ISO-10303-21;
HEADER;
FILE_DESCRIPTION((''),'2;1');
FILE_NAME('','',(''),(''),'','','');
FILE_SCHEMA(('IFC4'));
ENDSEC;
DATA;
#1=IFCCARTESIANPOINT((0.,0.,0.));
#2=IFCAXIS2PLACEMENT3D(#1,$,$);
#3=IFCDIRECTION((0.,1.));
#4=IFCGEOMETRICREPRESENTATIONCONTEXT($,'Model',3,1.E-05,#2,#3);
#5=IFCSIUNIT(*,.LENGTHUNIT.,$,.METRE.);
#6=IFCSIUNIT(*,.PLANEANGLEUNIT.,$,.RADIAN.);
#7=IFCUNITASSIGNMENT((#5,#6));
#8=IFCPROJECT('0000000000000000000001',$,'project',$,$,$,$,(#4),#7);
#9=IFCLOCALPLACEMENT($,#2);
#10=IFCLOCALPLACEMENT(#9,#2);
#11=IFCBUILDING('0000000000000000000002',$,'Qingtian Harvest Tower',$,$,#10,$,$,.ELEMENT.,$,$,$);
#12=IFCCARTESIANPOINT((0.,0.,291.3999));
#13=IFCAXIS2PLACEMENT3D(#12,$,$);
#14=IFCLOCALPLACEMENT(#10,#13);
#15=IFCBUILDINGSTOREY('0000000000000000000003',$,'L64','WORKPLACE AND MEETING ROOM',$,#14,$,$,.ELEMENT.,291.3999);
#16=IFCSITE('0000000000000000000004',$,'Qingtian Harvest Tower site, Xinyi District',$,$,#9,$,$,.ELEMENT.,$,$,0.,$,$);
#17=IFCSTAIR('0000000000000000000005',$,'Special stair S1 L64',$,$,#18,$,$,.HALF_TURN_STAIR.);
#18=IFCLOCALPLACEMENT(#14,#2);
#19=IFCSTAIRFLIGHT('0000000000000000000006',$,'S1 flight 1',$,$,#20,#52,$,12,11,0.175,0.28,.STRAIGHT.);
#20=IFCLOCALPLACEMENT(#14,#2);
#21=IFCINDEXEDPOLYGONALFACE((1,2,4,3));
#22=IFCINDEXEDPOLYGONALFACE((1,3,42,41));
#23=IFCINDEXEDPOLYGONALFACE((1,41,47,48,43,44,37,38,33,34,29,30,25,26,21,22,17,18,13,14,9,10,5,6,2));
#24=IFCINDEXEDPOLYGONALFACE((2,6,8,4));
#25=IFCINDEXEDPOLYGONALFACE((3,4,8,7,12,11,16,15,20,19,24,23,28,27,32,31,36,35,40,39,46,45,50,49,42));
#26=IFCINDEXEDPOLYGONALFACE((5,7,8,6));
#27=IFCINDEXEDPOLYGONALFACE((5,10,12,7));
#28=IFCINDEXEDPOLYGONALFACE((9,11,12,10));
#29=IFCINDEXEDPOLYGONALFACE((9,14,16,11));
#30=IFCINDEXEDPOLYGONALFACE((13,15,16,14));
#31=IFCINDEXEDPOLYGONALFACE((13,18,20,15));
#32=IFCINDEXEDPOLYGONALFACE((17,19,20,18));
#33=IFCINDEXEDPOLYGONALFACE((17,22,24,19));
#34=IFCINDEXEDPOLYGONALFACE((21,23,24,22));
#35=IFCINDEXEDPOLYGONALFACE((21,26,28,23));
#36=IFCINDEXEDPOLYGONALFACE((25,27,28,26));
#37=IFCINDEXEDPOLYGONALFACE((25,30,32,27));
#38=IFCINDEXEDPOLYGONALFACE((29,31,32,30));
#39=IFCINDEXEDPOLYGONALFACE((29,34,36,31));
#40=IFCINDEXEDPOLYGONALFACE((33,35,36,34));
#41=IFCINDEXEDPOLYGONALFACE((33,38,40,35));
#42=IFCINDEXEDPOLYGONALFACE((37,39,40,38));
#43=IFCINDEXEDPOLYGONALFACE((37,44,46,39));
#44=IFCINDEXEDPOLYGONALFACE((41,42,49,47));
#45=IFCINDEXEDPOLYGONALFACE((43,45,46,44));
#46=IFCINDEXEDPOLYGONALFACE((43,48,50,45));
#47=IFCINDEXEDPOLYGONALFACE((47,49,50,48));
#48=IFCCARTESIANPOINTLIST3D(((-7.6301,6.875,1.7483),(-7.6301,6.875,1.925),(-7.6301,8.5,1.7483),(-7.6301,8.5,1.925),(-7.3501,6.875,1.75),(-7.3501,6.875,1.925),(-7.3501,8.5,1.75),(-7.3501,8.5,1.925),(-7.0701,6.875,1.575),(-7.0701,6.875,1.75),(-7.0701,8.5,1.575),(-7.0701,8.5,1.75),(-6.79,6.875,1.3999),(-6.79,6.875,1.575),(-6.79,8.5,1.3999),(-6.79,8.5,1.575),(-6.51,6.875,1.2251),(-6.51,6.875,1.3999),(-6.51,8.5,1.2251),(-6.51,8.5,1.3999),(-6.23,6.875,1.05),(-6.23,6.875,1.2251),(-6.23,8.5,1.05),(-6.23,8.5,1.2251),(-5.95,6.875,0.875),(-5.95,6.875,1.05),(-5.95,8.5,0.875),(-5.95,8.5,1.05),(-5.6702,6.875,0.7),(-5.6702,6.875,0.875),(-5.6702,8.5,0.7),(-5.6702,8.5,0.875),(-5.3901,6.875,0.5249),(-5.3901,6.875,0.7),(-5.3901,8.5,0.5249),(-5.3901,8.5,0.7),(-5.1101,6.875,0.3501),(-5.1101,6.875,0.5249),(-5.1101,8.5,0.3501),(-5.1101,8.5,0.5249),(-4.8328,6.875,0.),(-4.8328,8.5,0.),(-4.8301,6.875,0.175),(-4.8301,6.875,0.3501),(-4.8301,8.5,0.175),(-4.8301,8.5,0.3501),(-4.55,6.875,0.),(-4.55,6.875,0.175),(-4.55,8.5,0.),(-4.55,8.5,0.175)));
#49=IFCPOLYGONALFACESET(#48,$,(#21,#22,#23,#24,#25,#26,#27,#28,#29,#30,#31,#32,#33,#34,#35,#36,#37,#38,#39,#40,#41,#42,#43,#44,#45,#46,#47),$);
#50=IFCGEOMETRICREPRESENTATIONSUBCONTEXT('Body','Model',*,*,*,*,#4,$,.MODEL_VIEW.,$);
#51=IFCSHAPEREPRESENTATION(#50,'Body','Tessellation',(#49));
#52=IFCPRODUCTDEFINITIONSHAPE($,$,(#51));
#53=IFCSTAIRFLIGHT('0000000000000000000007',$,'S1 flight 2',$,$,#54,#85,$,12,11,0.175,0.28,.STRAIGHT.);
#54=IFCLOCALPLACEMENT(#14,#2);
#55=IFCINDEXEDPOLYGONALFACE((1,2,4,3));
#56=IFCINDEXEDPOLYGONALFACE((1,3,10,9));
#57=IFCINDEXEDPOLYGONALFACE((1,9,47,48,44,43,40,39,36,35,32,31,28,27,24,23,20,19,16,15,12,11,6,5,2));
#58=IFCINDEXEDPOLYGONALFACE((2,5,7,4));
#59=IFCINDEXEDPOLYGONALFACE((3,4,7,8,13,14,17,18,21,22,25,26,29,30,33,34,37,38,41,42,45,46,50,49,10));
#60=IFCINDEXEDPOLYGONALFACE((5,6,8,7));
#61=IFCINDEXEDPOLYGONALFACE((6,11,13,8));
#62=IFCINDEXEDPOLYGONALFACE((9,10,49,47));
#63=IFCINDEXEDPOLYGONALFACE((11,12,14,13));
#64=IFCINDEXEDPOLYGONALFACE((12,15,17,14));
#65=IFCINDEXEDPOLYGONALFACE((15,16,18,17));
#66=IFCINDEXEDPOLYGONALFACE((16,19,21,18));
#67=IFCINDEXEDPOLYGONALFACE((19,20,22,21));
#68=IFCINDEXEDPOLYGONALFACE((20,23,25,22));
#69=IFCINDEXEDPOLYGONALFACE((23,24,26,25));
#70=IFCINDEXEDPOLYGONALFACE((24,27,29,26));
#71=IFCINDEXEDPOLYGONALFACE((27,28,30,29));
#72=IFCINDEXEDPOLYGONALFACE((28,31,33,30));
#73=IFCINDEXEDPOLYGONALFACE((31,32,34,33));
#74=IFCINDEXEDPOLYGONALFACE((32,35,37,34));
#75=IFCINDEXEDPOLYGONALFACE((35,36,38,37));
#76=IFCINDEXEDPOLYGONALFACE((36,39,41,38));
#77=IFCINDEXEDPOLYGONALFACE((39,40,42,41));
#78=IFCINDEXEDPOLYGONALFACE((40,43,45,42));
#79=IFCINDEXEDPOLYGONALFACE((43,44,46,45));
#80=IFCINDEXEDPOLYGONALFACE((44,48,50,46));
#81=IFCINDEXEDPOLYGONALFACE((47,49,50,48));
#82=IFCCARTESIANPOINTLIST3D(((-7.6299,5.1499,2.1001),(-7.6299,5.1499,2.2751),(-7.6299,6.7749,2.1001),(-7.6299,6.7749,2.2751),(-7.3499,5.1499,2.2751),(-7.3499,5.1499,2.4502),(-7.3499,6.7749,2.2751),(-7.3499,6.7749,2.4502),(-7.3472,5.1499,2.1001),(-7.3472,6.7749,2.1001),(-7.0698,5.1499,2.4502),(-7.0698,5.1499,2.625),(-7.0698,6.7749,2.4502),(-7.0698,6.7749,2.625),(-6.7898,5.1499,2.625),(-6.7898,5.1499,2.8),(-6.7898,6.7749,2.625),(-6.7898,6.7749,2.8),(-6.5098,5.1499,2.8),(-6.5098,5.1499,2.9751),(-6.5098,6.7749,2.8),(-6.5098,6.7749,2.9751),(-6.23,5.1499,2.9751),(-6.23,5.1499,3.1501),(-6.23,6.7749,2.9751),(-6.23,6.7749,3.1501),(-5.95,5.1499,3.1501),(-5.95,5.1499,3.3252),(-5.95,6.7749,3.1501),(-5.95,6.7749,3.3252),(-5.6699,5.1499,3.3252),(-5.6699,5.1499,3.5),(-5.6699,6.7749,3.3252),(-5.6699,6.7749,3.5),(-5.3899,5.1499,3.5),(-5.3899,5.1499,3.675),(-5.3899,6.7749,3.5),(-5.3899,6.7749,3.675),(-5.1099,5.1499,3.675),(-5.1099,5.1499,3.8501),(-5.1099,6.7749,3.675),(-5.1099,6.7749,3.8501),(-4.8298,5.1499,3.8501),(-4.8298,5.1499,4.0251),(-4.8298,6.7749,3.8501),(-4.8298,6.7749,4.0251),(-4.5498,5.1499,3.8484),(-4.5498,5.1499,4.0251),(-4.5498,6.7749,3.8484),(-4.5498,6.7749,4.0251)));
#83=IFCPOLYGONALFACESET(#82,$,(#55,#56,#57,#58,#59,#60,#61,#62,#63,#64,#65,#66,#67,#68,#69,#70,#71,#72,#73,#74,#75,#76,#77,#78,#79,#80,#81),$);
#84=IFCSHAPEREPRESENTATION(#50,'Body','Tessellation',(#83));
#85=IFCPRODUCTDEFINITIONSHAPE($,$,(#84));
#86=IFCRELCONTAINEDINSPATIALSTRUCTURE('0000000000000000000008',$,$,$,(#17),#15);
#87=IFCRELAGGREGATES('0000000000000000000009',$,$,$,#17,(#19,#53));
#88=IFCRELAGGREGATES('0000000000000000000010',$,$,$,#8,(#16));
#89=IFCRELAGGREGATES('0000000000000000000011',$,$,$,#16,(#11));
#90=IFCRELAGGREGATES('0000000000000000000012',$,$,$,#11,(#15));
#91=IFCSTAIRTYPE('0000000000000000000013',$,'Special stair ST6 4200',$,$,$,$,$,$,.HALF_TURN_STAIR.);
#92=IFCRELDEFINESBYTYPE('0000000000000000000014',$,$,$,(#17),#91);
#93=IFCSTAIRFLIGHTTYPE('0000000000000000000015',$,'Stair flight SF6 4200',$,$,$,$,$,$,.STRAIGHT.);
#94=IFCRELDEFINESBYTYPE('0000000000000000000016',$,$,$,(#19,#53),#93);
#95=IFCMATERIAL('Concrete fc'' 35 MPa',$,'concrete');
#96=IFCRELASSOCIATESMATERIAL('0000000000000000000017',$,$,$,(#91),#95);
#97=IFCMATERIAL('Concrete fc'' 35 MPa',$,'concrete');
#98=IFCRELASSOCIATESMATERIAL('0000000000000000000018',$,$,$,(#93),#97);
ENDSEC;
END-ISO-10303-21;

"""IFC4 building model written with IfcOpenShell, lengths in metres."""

from ifc_helpers import new_model, si_unit, direction, frame, origin, place, context, subcontext, project, spatial, polyline, outline, extrude, material, type_object, element, aggregate, save


model = new_model("IFC4")

# Units and contexts
model_context = context("Model", 3, precision=1e-05, world=origin(), true_north=direction((0.0, 1.0)))
body_context = subcontext(model_context, "Body", "Model", "MODEL_VIEW")
ifc_project = project(units=[si_unit("LENGTHUNIT", "METRE"), si_unit("PLANEANGLEUNIT", "RADIAN")], contexts=[model_context])

# Site, building, storey
site_placement = place(None, origin())
site = spatial("IfcSite", under=ifc_project, at=site_placement, Name="Qingtian Harvest Tower site, Xinyi District", CompositionType="ELEMENT", RefElevation=0.0)
building_placement = place(site_placement, origin())
building = spatial("IfcBuilding", under=site, at=building_placement, Name="Qingtian Harvest Tower", CompositionType="ELEMENT")
storey_placement = place(building_placement, frame((0.0, 0.0, 291.3999)))
storey = spatial("IfcBuildingStorey", under=building, at=storey_placement, Name="L64", Description="WORKPLACE AND MEETING ROOM", CompositionType="ELEMENT", Elevation=291.3999)

# Stair, stair flights
ifc_material_1 = material(Name="Concrete fc' 35 MPa", Category="concrete")
stair_type = type_object("IfcStairType", Name="Special stair ST6 4200", PredefinedType="HALF_TURN_STAIR", material=ifc_material_1)
stair_placement = place(storey_placement, origin())
stair = element("IfcStair", 1, at=stair_placement, inside=storey, type_object=stair_type, Name="Special stair S1 L64", PredefinedType="HALF_TURN_STAIR")
ifc_material_2 = material(Name="Concrete fc' 35 MPa", Category="concrete")
stair_flight_type = type_object("IfcStairFlightType", Name="Stair flight SF6 4200", PredefinedType="STRAIGHT", material=ifc_material_2)
stair_flight_1_placement = place(storey_placement, frame((-4.55, 7.6875, 0.0), z_axis=(0.0, 0.0, 1.0), x_axis=(-1.0, 0.0, 0.0)))
stair_flight_1 = element("IfcStairFlight", 2, at=stair_flight_1_placement, type_object=stair_flight_type, Name="S1 flight 1", NumberOfRisers=12, NumberOfTreads=11, PredefinedType="STRAIGHT", RiserHeight=0.175, TreadLength=0.28, context=body_context, shape_type="SweptSolid", body=[
    extrude(outline(polyline([(0.0, 0.0), (0.0, 0.175), (0.28, 0.175), (0.28, 0.3501), (0.5601, 0.3501), (0.5601, 0.5249), (0.8401, 0.5249), (0.8401, 0.7), (1.1201, 0.7), (1.1201, 0.875), (1.3999, 0.875), (1.3999, 1.05), (1.6799, 1.05), (1.6799, 1.2251), (1.96, 1.2251), (1.96, 1.3999), (2.24, 1.3999), (2.24, 1.575), (2.52, 1.575), (2.52, 1.75), (2.8, 1.75), (2.8, 1.925), (3.0801, 1.925), (3.0801, 2.1001), (3.0801, 1.7483), (0.2827, 0.0), (0.0, 0.0)])), frame((0.0, 0.8125, 0.0), z_axis=(0.0, -1.0, 0.0), x_axis=(1.0, 0.0, 0.0)), (0.0, 0.0, 1.0), 1.625),
])
stair_flight_2_placement = place(storey_placement, frame((-7.6299, 5.9624, 2.1001), z_axis=(0.0, 0.0, 1.0), x_axis=(1.0, 0.0, 0.0)))
stair_flight_2 = element("IfcStairFlight", 3, at=stair_flight_2_placement, type_object=stair_flight_type, Name="S1 flight 2", NumberOfRisers=12, NumberOfTreads=11, PredefinedType="STRAIGHT", RiserHeight=0.175, TreadLength=0.28, context=body_context, shape_type="SweptSolid", body=[
    extrude(outline(polyline([(0.0, 0.0), (0.0, 0.175), (0.28, 0.175), (0.28, 0.3501), (0.5601, 0.3501), (0.5601, 0.5249), (0.8401, 0.5249), (0.8401, 0.7), (1.1201, 0.7), (1.1201, 0.875), (1.3999, 0.875), (1.3999, 1.05), (1.6799, 1.05), (1.6799, 1.2251), (1.96, 1.2251), (1.96, 1.3999), (2.24, 1.3999), (2.24, 1.575), (2.52, 1.575), (2.52, 1.75), (2.8, 1.75), (2.8, 1.925), (3.0801, 1.925), (3.0801, 2.1001), (3.0801, 1.7483), (0.2827, 0.0), (0.0, 0.0)])), frame((0.0, 0.8125, 0.0), z_axis=(0.0, -1.0, 0.0), x_axis=(1.0, 0.0, 0.0)), (0.0, 0.0, 1.0), 1.625),
])
aggregate(stair, [stair_flight_1, stair_flight_2])

save(model, "model.ifc")
